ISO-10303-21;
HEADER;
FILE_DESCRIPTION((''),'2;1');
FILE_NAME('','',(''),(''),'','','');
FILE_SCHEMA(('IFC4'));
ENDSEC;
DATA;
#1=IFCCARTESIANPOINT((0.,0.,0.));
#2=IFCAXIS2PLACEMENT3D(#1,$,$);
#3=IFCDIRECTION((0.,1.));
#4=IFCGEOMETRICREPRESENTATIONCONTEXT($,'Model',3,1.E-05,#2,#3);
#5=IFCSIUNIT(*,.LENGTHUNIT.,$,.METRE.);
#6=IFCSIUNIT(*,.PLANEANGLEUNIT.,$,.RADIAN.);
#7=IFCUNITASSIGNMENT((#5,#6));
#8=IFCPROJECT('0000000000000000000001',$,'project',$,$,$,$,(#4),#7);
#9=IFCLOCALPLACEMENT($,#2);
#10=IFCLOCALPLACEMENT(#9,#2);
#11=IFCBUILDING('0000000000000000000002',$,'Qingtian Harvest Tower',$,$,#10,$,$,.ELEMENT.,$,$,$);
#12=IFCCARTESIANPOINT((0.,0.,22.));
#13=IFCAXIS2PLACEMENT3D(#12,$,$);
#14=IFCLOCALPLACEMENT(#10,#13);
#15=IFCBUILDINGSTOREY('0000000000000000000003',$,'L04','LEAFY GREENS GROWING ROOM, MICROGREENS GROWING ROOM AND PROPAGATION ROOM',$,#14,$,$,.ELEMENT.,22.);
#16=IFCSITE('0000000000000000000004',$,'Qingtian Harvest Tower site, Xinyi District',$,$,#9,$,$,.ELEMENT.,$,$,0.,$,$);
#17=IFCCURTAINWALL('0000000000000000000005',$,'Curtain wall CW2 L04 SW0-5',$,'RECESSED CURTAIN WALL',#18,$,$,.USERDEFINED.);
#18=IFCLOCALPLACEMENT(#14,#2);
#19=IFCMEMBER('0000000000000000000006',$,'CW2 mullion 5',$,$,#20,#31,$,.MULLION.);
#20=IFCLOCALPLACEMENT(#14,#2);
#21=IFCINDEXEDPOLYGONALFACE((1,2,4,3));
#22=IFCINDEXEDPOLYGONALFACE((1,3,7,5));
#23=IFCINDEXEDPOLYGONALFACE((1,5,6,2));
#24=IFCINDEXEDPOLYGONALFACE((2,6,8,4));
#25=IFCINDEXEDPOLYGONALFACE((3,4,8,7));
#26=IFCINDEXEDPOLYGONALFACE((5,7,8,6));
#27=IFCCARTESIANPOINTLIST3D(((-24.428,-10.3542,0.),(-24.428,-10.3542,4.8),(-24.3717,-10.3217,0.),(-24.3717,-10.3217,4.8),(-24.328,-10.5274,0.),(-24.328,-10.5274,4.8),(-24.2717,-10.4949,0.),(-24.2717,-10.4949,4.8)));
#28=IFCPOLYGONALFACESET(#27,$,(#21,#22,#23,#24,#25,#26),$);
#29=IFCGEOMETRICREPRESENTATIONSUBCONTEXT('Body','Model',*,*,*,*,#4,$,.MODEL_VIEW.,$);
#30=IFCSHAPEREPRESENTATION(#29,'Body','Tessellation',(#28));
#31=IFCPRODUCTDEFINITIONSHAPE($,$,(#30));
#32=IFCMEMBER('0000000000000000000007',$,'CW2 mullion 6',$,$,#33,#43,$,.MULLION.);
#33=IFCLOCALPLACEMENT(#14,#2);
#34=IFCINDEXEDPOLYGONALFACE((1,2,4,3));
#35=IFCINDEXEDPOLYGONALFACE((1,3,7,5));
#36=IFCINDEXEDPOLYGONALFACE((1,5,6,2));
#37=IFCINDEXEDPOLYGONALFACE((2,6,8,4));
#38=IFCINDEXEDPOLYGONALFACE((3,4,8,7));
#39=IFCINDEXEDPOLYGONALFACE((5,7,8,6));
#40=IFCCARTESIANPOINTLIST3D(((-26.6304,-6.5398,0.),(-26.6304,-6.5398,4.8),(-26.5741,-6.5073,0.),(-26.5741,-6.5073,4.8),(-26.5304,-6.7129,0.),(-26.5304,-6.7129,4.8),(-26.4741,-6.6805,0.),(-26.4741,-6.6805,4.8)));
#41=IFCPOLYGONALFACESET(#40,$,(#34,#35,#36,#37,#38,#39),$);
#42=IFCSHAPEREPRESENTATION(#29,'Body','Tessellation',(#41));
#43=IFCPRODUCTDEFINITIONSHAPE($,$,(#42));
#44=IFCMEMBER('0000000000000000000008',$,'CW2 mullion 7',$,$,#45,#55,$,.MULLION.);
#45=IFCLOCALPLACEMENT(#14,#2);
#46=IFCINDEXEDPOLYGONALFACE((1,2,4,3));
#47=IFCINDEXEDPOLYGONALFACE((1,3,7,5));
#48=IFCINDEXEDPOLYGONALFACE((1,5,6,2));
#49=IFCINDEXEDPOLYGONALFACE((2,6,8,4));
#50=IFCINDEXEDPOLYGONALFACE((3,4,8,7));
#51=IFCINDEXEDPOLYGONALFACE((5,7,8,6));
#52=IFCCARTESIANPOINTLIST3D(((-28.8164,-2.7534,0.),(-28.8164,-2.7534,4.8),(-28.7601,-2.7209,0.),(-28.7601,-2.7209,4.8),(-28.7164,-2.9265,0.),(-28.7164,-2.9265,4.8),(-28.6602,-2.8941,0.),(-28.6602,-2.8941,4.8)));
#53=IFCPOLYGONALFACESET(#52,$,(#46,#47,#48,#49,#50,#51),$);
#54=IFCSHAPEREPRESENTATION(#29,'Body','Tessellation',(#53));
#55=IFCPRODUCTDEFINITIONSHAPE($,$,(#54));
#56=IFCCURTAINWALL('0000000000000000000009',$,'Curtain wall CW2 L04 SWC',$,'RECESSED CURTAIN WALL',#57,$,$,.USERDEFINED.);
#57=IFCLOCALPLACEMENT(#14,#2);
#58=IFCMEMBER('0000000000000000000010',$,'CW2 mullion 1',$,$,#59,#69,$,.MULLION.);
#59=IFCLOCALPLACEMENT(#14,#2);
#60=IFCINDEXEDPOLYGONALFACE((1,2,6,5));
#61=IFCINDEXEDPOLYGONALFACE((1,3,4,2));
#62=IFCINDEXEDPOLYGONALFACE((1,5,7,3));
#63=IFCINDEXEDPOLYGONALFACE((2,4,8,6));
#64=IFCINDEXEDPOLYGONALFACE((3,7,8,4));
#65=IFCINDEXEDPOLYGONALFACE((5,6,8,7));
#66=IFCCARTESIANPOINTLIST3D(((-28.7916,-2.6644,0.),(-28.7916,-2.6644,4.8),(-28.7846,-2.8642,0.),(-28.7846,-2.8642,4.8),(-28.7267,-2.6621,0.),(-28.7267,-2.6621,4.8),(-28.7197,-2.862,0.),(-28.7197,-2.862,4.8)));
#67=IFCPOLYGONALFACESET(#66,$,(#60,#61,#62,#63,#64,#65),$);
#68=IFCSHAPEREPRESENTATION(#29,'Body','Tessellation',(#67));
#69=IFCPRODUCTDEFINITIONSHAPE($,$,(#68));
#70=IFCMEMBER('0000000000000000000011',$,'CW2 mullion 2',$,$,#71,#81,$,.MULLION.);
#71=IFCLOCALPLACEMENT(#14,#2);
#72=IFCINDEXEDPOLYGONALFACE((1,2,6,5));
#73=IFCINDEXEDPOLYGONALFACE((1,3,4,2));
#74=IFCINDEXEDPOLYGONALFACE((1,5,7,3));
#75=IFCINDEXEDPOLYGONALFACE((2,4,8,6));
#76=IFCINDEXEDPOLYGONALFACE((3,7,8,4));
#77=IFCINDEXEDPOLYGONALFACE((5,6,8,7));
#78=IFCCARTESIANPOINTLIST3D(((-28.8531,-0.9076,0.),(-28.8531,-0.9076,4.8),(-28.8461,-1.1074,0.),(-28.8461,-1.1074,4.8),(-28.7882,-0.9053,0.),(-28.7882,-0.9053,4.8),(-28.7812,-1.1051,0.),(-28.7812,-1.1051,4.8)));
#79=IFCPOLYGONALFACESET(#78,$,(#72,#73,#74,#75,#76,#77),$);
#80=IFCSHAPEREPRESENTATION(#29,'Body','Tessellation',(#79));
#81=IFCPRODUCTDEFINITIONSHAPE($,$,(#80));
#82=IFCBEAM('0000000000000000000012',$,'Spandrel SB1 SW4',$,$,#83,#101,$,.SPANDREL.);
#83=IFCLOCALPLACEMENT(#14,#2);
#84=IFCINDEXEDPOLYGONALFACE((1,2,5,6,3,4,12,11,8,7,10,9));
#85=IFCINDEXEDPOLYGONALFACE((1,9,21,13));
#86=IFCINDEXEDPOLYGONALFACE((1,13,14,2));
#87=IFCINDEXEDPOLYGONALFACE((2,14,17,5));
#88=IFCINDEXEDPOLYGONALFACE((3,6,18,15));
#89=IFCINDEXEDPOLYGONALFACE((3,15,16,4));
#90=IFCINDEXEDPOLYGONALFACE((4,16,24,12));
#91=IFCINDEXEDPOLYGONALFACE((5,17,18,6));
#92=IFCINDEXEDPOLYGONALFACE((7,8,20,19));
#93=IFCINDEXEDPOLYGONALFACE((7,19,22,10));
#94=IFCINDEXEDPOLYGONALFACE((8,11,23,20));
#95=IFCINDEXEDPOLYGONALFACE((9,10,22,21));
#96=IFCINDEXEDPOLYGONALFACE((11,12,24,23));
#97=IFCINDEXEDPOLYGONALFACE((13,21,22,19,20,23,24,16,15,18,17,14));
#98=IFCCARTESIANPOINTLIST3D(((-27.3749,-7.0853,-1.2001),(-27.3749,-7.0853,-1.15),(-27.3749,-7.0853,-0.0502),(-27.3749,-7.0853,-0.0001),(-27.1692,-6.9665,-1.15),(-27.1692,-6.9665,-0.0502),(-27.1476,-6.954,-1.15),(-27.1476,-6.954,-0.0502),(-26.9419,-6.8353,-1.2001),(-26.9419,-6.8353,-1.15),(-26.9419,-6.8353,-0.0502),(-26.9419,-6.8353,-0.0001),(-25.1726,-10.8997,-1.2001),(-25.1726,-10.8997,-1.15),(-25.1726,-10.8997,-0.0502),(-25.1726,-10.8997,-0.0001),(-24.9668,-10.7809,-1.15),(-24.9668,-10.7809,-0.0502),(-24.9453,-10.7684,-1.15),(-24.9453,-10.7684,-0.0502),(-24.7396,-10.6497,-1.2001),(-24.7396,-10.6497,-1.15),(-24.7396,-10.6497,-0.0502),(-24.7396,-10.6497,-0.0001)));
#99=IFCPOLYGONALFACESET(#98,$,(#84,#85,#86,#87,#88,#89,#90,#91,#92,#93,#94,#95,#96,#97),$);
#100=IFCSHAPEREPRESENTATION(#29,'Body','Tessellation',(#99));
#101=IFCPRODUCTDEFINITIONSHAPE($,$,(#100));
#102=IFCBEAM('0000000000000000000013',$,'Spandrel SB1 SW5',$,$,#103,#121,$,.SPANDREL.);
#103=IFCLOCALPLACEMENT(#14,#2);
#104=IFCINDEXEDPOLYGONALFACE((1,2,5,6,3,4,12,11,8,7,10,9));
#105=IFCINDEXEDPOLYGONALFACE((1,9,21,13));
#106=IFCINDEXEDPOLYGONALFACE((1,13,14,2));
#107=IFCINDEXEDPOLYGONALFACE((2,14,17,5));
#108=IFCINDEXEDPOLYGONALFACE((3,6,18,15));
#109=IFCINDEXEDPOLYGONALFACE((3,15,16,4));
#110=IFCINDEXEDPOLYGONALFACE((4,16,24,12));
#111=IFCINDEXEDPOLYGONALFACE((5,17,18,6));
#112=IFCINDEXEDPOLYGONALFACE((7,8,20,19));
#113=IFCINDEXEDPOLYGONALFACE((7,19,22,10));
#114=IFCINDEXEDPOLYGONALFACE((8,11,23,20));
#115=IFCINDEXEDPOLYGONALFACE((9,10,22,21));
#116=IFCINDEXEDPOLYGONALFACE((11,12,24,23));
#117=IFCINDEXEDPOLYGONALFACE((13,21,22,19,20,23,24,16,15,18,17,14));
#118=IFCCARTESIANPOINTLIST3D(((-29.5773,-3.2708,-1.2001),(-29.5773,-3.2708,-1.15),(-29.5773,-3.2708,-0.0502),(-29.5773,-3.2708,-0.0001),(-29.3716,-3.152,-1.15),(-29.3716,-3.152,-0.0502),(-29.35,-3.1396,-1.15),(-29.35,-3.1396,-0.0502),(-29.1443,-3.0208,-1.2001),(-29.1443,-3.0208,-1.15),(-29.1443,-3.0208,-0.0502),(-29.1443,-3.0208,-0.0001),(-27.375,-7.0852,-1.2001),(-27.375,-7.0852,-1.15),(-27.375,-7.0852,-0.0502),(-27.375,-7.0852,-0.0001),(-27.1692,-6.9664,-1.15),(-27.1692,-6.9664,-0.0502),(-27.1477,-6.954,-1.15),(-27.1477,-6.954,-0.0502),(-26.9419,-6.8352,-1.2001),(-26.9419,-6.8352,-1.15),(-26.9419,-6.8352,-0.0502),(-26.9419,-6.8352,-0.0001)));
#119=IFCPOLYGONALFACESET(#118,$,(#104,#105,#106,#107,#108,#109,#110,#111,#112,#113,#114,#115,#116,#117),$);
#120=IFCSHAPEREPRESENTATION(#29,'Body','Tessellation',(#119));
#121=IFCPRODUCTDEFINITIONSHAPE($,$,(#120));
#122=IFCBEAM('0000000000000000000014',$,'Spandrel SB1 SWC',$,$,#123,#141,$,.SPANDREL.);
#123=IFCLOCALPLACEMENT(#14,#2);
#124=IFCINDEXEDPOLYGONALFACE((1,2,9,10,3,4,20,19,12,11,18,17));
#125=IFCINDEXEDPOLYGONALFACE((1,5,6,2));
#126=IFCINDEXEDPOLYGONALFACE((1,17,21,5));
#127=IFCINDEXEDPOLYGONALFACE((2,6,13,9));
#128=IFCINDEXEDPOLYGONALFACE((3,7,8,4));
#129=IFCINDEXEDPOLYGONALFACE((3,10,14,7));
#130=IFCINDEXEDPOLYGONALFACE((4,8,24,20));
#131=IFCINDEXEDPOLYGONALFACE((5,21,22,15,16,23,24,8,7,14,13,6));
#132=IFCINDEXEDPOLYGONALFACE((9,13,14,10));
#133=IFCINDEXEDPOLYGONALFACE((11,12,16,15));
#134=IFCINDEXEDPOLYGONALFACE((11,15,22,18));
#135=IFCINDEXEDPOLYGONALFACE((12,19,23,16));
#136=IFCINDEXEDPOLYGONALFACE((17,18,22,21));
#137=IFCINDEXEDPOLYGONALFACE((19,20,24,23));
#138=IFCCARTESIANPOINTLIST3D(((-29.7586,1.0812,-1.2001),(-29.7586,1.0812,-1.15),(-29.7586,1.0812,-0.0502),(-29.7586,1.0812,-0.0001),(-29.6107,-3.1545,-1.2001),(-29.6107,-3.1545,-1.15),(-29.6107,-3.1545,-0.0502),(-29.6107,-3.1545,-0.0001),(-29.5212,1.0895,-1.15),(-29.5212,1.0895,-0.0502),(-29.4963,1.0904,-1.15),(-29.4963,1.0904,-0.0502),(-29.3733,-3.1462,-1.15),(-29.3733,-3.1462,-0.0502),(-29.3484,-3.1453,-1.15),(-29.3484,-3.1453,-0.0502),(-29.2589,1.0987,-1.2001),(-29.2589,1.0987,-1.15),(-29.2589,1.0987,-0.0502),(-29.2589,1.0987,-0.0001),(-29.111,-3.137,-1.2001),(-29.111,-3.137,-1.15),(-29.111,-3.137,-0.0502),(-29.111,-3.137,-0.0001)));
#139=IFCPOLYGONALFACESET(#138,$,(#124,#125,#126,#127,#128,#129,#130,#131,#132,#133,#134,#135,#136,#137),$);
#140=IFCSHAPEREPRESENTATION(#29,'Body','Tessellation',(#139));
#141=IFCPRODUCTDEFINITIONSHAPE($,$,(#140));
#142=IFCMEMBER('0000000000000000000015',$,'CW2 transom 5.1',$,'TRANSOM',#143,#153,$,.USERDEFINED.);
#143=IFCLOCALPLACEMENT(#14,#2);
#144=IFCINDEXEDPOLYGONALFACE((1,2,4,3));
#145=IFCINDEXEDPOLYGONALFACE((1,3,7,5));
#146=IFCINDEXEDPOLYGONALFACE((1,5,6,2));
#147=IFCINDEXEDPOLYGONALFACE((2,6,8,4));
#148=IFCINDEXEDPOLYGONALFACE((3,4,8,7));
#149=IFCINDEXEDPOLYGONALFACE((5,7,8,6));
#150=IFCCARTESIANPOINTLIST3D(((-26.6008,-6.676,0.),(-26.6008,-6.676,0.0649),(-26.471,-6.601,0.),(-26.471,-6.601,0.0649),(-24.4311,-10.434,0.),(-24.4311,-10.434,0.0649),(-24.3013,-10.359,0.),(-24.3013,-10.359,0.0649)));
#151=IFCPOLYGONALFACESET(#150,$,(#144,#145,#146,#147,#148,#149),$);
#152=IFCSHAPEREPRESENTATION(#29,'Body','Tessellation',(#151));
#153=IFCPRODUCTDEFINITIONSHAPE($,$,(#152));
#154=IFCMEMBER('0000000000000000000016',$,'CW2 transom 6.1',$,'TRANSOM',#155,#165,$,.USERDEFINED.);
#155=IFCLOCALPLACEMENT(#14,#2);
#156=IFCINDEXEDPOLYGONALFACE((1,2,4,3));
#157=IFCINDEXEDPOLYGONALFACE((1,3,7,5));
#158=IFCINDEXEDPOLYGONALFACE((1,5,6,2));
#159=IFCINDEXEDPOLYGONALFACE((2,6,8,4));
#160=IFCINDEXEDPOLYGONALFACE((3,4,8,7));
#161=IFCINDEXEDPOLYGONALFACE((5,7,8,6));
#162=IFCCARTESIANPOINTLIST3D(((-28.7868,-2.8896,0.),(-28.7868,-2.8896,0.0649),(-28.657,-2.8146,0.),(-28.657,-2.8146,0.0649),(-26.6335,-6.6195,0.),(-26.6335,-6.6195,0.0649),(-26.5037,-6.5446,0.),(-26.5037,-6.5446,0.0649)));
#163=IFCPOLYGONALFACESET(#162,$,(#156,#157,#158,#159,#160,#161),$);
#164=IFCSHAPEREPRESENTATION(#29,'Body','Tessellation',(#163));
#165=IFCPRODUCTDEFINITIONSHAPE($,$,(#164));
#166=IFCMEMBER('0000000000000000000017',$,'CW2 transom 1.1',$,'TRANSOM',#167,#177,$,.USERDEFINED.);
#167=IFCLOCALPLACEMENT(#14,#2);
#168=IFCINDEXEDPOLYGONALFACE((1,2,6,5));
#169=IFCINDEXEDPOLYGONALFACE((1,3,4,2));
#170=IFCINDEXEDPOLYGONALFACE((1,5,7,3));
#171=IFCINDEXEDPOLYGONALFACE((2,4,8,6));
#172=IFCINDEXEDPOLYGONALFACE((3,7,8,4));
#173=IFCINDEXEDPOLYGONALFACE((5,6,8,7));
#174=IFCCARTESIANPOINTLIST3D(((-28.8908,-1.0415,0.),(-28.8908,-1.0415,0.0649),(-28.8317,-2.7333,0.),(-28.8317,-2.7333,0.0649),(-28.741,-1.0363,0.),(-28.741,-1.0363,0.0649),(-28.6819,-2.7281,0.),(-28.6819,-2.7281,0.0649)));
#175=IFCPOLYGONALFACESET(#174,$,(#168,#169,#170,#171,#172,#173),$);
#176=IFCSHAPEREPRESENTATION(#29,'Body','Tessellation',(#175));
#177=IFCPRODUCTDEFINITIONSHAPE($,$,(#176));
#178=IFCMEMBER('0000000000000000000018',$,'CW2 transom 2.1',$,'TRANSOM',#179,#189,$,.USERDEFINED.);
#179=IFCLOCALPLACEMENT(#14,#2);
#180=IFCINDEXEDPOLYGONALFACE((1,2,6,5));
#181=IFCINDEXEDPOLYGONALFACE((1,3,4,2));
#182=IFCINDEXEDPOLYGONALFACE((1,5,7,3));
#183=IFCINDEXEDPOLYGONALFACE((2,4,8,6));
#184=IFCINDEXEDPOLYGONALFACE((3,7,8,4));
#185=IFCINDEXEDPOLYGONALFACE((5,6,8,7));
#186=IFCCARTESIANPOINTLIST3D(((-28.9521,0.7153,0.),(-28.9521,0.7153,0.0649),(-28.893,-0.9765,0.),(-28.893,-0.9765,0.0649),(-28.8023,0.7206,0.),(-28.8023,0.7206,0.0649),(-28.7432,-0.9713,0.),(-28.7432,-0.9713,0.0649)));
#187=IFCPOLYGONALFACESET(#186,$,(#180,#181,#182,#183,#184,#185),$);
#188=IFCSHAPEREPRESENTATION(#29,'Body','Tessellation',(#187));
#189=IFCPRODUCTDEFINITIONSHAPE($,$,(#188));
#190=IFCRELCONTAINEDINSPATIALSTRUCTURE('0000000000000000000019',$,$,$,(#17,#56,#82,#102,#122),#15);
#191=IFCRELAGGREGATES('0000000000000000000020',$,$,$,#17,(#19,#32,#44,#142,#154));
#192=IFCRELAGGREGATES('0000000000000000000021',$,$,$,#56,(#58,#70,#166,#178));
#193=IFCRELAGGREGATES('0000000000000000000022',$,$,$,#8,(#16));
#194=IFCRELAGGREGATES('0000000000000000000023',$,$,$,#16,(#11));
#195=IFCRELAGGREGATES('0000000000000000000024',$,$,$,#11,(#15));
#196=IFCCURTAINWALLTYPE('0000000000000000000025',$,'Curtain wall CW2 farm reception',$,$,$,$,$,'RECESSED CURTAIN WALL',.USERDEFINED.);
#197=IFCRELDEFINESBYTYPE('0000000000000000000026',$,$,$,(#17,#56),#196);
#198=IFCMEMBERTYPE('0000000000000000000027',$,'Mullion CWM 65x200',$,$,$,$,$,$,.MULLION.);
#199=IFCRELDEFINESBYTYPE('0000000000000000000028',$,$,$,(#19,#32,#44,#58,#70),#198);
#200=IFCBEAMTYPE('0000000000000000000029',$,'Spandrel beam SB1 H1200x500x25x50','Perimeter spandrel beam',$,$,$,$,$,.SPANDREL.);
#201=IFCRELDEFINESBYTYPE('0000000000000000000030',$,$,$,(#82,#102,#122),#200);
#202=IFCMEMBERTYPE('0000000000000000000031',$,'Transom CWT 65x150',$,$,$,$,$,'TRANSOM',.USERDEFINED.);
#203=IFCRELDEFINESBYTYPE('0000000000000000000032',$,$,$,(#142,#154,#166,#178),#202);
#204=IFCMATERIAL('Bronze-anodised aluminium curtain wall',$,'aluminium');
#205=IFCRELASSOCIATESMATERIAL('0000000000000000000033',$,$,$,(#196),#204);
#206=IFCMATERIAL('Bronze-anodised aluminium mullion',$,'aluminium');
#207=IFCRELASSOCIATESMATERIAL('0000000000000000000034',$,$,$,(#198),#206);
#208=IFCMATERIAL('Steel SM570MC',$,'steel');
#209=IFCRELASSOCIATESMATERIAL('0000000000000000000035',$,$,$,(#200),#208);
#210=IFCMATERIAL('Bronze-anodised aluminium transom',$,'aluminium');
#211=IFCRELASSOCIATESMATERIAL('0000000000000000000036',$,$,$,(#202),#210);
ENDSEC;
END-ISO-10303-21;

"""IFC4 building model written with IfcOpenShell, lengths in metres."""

from ifc_helpers import new_model, si_unit, direction, frame, origin, origin_2d, place, context, subcontext, project, spatial, rectangle, i_section, extrude, material, material_profile, profile_set, type_object, element, aggregate, save


model = new_model("IFC4")

# Units and contexts
model_context = context("Model", 3, precision=1e-05, world=origin(), true_north=direction((0.0, 1.0)))
body_context = subcontext(model_context, "Body", "Model", "MODEL_VIEW")
ifc_project = project(units=[si_unit("LENGTHUNIT", "METRE"), si_unit("PLANEANGLEUNIT", "RADIAN")], contexts=[model_context])

# Site, building, storey
site_placement = place(None, origin())
site = spatial("IfcSite", under=ifc_project, at=site_placement, Name="Qingtian Harvest Tower site, Xinyi District", CompositionType="ELEMENT", RefElevation=0.0)
building_placement = place(site_placement, origin())
building = spatial("IfcBuilding", under=site, at=building_placement, Name="Qingtian Harvest Tower", CompositionType="ELEMENT")
storey_placement = place(building_placement, frame((0.0, 0.0, 22.0)))
storey = spatial("IfcBuildingStorey", under=building, at=storey_placement, Name="L04", Description="LEAFY GREENS GROWING ROOM, MICROGREENS GROWING ROOM AND PROPAGATION ROOM", CompositionType="ELEMENT", Elevation=22.0)

# Curtain walls, members
ifc_material_1 = material(Name="Bronze-anodised aluminium curtain wall", Category="aluminium")
curtain_wall_type = type_object("IfcCurtainWallType", Name="Curtain wall CW2 farm reception", ElementType="RECESSED CURTAIN WALL", PredefinedType="USERDEFINED", material=ifc_material_1)
curtain_wall_1_placement = place(storey_placement, origin())
curtain_wall_1 = element("IfcCurtainWall", 1, at=curtain_wall_1_placement, inside=storey, type_object=curtain_wall_type, Name="Curtain wall CW2 L04 SW0-5", ObjectType="RECESSED CURTAIN WALL", PredefinedType="USERDEFINED")
ifc_material_2 = material(Name="Bronze-anodised aluminium mullion", Category="aluminium")
ifc_material_profile_1 = material_profile(ifc_material_2, rectangle(XDim=0.0649, YDim=0.2, at=origin_2d()), Name="AL 65x200")
ifc_profile_set_1 = profile_set([ifc_material_profile_1], Name="Bronze-anodised aluminium mullion")
member_type_1 = type_object("IfcMemberType", Name="Mullion CWM 65x200", PredefinedType="MULLION", material=ifc_profile_set_1)
member_1_placement = place(storey_placement, frame((-24.3499, -10.4246, 0.0), z_axis=(0.0, 0.0, 1.0), x_axis=(-0.866025, -0.5, 0.0)))
member_1 = element("IfcMember", 2, at=member_1_placement, type_object=member_type_1, Name="CW2 mullion 5", PredefinedType="MULLION", context=body_context, shape_type="SweptSolid", body=[
    extrude(rectangle(XDim=0.0649, YDim=0.2, at=origin_2d()), origin(), (0.0, 0.0, 1.0), 4.8),
])
member_2_placement = place(storey_placement, frame((-26.5522, -6.6101, 0.0), z_axis=(0.0, 0.0, 1.0), x_axis=(-0.866025, -0.5, 0.0)))
member_2 = element("IfcMember", 3, at=member_2_placement, type_object=member_type_1, Name="CW2 mullion 6", PredefinedType="MULLION", context=body_context, shape_type="SweptSolid", body=[
    extrude(rectangle(XDim=0.0649, YDim=0.2, at=origin_2d()), origin(), (0.0, 0.0, 1.0), 4.8),
])
member_3_placement = place(storey_placement, frame((-28.7383, -2.8237, 0.0), z_axis=(0.0, 0.0, 1.0), x_axis=(-0.866025, -0.5, 0.0)))
member_3 = element("IfcMember", 4, at=member_3_placement, type_object=member_type_1, Name="CW2 mullion 7", PredefinedType="MULLION", context=body_context, shape_type="SweptSolid", body=[
    extrude(rectangle(XDim=0.0649, YDim=0.2, at=origin_2d()), origin(), (0.0, 0.0, 1.0), 4.8),
])
curtain_wall_2_placement = place(storey_placement, origin())
curtain_wall_2 = element("IfcCurtainWall", 5, at=curtain_wall_2_placement, inside=storey, type_object=curtain_wall_type, Name="Curtain wall CW2 L04 SWC", ObjectType="RECESSED CURTAIN WALL", PredefinedType="USERDEFINED")
member_4_placement = place(storey_placement, frame((-28.7556, -2.7632, 0.0), z_axis=(0.0, 0.0, 1.0), x_axis=(-0.999391, -0.034899, 0.0)))
member_4 = element("IfcMember", 6, at=member_4_placement, type_object=member_type_1, Name="CW2 mullion 1", PredefinedType="MULLION", context=body_context, shape_type="SweptSolid", body=[
    extrude(rectangle(XDim=0.0649, YDim=0.2, at=origin_2d()), origin(), (0.0, 0.0, 1.0), 4.8),
])
member_5_placement = place(storey_placement, frame((-28.8171, -1.0063, 0.0), z_axis=(0.0, 0.0, 1.0), x_axis=(-0.999391, -0.034899, 0.0)))
member_5 = element("IfcMember", 7, at=member_5_placement, type_object=member_type_1, Name="CW2 mullion 2", PredefinedType="MULLION", context=body_context, shape_type="SweptSolid", body=[
    extrude(rectangle(XDim=0.0649, YDim=0.2, at=origin_2d()), origin(), (0.0, 0.0, 1.0), 4.8),
])

# Beams
ifc_material_3 = material(Name="Steel SM570MC", Category="steel")
ifc_material_profile_2 = material_profile(ifc_material_3, i_section(OverallWidth=0.5, OverallDepth=1.2, WebThickness=0.0249, FlangeThickness=0.05, at=origin_2d()), Name="H1200x500x25x50")
ifc_profile_set_2 = profile_set([ifc_material_profile_2], Name="Steel SM570MC")
beam_type_1 = type_object("IfcBeamType", Name="Spandrel beam SB1 H1200x500x25x50", Description="Perimeter spandrel beam", PredefinedType="SPANDREL", material=ifc_profile_set_2)
for number, where, z_axis, x_axis, name in (
    (8, (-24.9561, -10.7747, -0.6001), (-0.50002, 0.866014, 0.0), (-0.866014, -0.50002, 0.0), "Spandrel SB1 SW4"),
    (9, (-27.1584, -6.9602, -0.6001), (-0.50002, 0.866014, 0.0), (-0.866014, -0.50002, 0.0), "Spandrel SB1 SW5"),
):
    element("IfcBeam", number, at=place(storey_placement, frame(where, z_axis=z_axis, x_axis=x_axis)), inside=storey, type_object=beam_type_1, Name=name, PredefinedType="SPANDREL", context=body_context, shape_type="SweptSolid", body=[
        extrude(i_section(OverallWidth=0.5, OverallDepth=1.2, WebThickness=0.0249, FlangeThickness=0.05, at=origin_2d()), origin(), (0.0, 0.0, 1.0), 4.4045),
    ])
beam_1_placement = place(storey_placement, frame((-29.3608, -3.1458, -0.6001), z_axis=(-0.034909, 0.999391, 0.0), x_axis=(-0.999391, -0.034909, 0.0)))
element("IfcBeam", 10, at=beam_1_placement, inside=storey, type_object=beam_type_1, Name="Spandrel SB1 SWC", PredefinedType="SPANDREL", context=body_context, shape_type="SweptSolid", body=[
    extrude(i_section(OverallWidth=0.5, OverallDepth=1.2, WebThickness=0.0249, FlangeThickness=0.05, at=origin_2d()), origin(), (0.0, 0.0, 1.0), 4.2383),
])

# Members
ifc_material_4 = material(Name="Bronze-anodised aluminium transom", Category="aluminium")
ifc_material_profile_3 = material_profile(ifc_material_4, rectangle(XDim=0.1499, YDim=0.0649, at=origin_2d()), Name="AL 65x150")
ifc_profile_set_3 = profile_set([ifc_material_profile_3], Name="Bronze-anodised aluminium transom")
member_type_2 = type_object("IfcMemberType", Name="Transom CWT 65x150", ElementType="TRANSOM", PredefinedType="USERDEFINED", material=ifc_profile_set_3)
member_6_placement = place(storey_placement, frame((-24.3662, -10.3965, 0.0325), z_axis=(-0.499994, 0.866029, 0.0), x_axis=(-0.866029, -0.499994, 0.0)))
member_6 = element("IfcMember", 11, at=member_6_placement, type_object=member_type_2, Name="CW2 transom 5.1", ObjectType="TRANSOM", PredefinedType="USERDEFINED", context=body_context, shape_type="SweptSolid", body=[
    extrude(rectangle(XDim=0.1499, YDim=0.0649, at=origin_2d()), origin(), (0.0, 0.0, 1.0), 4.3394),
])
member_7_placement = place(storey_placement, frame((-26.5686, -6.582, 0.0325), z_axis=(-0.499968, 0.866044, 0.0), x_axis=(-0.866044, -0.499968, 0.0)))
member_7 = element("IfcMember", 12, at=member_7_placement, type_object=member_type_2, Name="CW2 transom 6.1", ObjectType="TRANSOM", PredefinedType="USERDEFINED", context=body_context, shape_type="SweptSolid", body=[
    extrude(rectangle(XDim=0.1499, YDim=0.0649, at=origin_2d()), origin(), (0.0, 0.0, 1.0), 4.3069),
])
member_8_placement = place(storey_placement, frame((-28.7568, -2.7307, 0.0325), z_axis=(-0.034899, 0.999391, 0.0), x_axis=(-0.999391, -0.034899, 0.0)))
member_8 = element("IfcMember", 13, at=member_8_placement, type_object=member_type_2, Name="CW2 transom 1.1", ObjectType="TRANSOM", PredefinedType="USERDEFINED", context=body_context, shape_type="SweptSolid", body=[
    extrude(rectangle(XDim=0.1499, YDim=0.0649, at=origin_2d()), origin(), (0.0, 0.0, 1.0), 1.6929),
])
member_9_placement = place(storey_placement, frame((-28.8181, -0.9739, 0.0325), z_axis=(-0.034899, 0.999391, 0.0), x_axis=(-0.999391, -0.034899, 0.0)))
member_9 = element("IfcMember", 14, at=member_9_placement, type_object=member_type_2, Name="CW2 transom 2.1", ObjectType="TRANSOM", PredefinedType="USERDEFINED", context=body_context, shape_type="SweptSolid", body=[
    extrude(rectangle(XDim=0.1499, YDim=0.0649, at=origin_2d()), origin(), (0.0, 0.0, 1.0), 1.6929),
])

aggregate(curtain_wall_1, [member_1, member_2, member_3, member_6, member_7])
aggregate(curtain_wall_2, [member_4, member_5, member_8, member_9])

save(model, "model.ifc")
